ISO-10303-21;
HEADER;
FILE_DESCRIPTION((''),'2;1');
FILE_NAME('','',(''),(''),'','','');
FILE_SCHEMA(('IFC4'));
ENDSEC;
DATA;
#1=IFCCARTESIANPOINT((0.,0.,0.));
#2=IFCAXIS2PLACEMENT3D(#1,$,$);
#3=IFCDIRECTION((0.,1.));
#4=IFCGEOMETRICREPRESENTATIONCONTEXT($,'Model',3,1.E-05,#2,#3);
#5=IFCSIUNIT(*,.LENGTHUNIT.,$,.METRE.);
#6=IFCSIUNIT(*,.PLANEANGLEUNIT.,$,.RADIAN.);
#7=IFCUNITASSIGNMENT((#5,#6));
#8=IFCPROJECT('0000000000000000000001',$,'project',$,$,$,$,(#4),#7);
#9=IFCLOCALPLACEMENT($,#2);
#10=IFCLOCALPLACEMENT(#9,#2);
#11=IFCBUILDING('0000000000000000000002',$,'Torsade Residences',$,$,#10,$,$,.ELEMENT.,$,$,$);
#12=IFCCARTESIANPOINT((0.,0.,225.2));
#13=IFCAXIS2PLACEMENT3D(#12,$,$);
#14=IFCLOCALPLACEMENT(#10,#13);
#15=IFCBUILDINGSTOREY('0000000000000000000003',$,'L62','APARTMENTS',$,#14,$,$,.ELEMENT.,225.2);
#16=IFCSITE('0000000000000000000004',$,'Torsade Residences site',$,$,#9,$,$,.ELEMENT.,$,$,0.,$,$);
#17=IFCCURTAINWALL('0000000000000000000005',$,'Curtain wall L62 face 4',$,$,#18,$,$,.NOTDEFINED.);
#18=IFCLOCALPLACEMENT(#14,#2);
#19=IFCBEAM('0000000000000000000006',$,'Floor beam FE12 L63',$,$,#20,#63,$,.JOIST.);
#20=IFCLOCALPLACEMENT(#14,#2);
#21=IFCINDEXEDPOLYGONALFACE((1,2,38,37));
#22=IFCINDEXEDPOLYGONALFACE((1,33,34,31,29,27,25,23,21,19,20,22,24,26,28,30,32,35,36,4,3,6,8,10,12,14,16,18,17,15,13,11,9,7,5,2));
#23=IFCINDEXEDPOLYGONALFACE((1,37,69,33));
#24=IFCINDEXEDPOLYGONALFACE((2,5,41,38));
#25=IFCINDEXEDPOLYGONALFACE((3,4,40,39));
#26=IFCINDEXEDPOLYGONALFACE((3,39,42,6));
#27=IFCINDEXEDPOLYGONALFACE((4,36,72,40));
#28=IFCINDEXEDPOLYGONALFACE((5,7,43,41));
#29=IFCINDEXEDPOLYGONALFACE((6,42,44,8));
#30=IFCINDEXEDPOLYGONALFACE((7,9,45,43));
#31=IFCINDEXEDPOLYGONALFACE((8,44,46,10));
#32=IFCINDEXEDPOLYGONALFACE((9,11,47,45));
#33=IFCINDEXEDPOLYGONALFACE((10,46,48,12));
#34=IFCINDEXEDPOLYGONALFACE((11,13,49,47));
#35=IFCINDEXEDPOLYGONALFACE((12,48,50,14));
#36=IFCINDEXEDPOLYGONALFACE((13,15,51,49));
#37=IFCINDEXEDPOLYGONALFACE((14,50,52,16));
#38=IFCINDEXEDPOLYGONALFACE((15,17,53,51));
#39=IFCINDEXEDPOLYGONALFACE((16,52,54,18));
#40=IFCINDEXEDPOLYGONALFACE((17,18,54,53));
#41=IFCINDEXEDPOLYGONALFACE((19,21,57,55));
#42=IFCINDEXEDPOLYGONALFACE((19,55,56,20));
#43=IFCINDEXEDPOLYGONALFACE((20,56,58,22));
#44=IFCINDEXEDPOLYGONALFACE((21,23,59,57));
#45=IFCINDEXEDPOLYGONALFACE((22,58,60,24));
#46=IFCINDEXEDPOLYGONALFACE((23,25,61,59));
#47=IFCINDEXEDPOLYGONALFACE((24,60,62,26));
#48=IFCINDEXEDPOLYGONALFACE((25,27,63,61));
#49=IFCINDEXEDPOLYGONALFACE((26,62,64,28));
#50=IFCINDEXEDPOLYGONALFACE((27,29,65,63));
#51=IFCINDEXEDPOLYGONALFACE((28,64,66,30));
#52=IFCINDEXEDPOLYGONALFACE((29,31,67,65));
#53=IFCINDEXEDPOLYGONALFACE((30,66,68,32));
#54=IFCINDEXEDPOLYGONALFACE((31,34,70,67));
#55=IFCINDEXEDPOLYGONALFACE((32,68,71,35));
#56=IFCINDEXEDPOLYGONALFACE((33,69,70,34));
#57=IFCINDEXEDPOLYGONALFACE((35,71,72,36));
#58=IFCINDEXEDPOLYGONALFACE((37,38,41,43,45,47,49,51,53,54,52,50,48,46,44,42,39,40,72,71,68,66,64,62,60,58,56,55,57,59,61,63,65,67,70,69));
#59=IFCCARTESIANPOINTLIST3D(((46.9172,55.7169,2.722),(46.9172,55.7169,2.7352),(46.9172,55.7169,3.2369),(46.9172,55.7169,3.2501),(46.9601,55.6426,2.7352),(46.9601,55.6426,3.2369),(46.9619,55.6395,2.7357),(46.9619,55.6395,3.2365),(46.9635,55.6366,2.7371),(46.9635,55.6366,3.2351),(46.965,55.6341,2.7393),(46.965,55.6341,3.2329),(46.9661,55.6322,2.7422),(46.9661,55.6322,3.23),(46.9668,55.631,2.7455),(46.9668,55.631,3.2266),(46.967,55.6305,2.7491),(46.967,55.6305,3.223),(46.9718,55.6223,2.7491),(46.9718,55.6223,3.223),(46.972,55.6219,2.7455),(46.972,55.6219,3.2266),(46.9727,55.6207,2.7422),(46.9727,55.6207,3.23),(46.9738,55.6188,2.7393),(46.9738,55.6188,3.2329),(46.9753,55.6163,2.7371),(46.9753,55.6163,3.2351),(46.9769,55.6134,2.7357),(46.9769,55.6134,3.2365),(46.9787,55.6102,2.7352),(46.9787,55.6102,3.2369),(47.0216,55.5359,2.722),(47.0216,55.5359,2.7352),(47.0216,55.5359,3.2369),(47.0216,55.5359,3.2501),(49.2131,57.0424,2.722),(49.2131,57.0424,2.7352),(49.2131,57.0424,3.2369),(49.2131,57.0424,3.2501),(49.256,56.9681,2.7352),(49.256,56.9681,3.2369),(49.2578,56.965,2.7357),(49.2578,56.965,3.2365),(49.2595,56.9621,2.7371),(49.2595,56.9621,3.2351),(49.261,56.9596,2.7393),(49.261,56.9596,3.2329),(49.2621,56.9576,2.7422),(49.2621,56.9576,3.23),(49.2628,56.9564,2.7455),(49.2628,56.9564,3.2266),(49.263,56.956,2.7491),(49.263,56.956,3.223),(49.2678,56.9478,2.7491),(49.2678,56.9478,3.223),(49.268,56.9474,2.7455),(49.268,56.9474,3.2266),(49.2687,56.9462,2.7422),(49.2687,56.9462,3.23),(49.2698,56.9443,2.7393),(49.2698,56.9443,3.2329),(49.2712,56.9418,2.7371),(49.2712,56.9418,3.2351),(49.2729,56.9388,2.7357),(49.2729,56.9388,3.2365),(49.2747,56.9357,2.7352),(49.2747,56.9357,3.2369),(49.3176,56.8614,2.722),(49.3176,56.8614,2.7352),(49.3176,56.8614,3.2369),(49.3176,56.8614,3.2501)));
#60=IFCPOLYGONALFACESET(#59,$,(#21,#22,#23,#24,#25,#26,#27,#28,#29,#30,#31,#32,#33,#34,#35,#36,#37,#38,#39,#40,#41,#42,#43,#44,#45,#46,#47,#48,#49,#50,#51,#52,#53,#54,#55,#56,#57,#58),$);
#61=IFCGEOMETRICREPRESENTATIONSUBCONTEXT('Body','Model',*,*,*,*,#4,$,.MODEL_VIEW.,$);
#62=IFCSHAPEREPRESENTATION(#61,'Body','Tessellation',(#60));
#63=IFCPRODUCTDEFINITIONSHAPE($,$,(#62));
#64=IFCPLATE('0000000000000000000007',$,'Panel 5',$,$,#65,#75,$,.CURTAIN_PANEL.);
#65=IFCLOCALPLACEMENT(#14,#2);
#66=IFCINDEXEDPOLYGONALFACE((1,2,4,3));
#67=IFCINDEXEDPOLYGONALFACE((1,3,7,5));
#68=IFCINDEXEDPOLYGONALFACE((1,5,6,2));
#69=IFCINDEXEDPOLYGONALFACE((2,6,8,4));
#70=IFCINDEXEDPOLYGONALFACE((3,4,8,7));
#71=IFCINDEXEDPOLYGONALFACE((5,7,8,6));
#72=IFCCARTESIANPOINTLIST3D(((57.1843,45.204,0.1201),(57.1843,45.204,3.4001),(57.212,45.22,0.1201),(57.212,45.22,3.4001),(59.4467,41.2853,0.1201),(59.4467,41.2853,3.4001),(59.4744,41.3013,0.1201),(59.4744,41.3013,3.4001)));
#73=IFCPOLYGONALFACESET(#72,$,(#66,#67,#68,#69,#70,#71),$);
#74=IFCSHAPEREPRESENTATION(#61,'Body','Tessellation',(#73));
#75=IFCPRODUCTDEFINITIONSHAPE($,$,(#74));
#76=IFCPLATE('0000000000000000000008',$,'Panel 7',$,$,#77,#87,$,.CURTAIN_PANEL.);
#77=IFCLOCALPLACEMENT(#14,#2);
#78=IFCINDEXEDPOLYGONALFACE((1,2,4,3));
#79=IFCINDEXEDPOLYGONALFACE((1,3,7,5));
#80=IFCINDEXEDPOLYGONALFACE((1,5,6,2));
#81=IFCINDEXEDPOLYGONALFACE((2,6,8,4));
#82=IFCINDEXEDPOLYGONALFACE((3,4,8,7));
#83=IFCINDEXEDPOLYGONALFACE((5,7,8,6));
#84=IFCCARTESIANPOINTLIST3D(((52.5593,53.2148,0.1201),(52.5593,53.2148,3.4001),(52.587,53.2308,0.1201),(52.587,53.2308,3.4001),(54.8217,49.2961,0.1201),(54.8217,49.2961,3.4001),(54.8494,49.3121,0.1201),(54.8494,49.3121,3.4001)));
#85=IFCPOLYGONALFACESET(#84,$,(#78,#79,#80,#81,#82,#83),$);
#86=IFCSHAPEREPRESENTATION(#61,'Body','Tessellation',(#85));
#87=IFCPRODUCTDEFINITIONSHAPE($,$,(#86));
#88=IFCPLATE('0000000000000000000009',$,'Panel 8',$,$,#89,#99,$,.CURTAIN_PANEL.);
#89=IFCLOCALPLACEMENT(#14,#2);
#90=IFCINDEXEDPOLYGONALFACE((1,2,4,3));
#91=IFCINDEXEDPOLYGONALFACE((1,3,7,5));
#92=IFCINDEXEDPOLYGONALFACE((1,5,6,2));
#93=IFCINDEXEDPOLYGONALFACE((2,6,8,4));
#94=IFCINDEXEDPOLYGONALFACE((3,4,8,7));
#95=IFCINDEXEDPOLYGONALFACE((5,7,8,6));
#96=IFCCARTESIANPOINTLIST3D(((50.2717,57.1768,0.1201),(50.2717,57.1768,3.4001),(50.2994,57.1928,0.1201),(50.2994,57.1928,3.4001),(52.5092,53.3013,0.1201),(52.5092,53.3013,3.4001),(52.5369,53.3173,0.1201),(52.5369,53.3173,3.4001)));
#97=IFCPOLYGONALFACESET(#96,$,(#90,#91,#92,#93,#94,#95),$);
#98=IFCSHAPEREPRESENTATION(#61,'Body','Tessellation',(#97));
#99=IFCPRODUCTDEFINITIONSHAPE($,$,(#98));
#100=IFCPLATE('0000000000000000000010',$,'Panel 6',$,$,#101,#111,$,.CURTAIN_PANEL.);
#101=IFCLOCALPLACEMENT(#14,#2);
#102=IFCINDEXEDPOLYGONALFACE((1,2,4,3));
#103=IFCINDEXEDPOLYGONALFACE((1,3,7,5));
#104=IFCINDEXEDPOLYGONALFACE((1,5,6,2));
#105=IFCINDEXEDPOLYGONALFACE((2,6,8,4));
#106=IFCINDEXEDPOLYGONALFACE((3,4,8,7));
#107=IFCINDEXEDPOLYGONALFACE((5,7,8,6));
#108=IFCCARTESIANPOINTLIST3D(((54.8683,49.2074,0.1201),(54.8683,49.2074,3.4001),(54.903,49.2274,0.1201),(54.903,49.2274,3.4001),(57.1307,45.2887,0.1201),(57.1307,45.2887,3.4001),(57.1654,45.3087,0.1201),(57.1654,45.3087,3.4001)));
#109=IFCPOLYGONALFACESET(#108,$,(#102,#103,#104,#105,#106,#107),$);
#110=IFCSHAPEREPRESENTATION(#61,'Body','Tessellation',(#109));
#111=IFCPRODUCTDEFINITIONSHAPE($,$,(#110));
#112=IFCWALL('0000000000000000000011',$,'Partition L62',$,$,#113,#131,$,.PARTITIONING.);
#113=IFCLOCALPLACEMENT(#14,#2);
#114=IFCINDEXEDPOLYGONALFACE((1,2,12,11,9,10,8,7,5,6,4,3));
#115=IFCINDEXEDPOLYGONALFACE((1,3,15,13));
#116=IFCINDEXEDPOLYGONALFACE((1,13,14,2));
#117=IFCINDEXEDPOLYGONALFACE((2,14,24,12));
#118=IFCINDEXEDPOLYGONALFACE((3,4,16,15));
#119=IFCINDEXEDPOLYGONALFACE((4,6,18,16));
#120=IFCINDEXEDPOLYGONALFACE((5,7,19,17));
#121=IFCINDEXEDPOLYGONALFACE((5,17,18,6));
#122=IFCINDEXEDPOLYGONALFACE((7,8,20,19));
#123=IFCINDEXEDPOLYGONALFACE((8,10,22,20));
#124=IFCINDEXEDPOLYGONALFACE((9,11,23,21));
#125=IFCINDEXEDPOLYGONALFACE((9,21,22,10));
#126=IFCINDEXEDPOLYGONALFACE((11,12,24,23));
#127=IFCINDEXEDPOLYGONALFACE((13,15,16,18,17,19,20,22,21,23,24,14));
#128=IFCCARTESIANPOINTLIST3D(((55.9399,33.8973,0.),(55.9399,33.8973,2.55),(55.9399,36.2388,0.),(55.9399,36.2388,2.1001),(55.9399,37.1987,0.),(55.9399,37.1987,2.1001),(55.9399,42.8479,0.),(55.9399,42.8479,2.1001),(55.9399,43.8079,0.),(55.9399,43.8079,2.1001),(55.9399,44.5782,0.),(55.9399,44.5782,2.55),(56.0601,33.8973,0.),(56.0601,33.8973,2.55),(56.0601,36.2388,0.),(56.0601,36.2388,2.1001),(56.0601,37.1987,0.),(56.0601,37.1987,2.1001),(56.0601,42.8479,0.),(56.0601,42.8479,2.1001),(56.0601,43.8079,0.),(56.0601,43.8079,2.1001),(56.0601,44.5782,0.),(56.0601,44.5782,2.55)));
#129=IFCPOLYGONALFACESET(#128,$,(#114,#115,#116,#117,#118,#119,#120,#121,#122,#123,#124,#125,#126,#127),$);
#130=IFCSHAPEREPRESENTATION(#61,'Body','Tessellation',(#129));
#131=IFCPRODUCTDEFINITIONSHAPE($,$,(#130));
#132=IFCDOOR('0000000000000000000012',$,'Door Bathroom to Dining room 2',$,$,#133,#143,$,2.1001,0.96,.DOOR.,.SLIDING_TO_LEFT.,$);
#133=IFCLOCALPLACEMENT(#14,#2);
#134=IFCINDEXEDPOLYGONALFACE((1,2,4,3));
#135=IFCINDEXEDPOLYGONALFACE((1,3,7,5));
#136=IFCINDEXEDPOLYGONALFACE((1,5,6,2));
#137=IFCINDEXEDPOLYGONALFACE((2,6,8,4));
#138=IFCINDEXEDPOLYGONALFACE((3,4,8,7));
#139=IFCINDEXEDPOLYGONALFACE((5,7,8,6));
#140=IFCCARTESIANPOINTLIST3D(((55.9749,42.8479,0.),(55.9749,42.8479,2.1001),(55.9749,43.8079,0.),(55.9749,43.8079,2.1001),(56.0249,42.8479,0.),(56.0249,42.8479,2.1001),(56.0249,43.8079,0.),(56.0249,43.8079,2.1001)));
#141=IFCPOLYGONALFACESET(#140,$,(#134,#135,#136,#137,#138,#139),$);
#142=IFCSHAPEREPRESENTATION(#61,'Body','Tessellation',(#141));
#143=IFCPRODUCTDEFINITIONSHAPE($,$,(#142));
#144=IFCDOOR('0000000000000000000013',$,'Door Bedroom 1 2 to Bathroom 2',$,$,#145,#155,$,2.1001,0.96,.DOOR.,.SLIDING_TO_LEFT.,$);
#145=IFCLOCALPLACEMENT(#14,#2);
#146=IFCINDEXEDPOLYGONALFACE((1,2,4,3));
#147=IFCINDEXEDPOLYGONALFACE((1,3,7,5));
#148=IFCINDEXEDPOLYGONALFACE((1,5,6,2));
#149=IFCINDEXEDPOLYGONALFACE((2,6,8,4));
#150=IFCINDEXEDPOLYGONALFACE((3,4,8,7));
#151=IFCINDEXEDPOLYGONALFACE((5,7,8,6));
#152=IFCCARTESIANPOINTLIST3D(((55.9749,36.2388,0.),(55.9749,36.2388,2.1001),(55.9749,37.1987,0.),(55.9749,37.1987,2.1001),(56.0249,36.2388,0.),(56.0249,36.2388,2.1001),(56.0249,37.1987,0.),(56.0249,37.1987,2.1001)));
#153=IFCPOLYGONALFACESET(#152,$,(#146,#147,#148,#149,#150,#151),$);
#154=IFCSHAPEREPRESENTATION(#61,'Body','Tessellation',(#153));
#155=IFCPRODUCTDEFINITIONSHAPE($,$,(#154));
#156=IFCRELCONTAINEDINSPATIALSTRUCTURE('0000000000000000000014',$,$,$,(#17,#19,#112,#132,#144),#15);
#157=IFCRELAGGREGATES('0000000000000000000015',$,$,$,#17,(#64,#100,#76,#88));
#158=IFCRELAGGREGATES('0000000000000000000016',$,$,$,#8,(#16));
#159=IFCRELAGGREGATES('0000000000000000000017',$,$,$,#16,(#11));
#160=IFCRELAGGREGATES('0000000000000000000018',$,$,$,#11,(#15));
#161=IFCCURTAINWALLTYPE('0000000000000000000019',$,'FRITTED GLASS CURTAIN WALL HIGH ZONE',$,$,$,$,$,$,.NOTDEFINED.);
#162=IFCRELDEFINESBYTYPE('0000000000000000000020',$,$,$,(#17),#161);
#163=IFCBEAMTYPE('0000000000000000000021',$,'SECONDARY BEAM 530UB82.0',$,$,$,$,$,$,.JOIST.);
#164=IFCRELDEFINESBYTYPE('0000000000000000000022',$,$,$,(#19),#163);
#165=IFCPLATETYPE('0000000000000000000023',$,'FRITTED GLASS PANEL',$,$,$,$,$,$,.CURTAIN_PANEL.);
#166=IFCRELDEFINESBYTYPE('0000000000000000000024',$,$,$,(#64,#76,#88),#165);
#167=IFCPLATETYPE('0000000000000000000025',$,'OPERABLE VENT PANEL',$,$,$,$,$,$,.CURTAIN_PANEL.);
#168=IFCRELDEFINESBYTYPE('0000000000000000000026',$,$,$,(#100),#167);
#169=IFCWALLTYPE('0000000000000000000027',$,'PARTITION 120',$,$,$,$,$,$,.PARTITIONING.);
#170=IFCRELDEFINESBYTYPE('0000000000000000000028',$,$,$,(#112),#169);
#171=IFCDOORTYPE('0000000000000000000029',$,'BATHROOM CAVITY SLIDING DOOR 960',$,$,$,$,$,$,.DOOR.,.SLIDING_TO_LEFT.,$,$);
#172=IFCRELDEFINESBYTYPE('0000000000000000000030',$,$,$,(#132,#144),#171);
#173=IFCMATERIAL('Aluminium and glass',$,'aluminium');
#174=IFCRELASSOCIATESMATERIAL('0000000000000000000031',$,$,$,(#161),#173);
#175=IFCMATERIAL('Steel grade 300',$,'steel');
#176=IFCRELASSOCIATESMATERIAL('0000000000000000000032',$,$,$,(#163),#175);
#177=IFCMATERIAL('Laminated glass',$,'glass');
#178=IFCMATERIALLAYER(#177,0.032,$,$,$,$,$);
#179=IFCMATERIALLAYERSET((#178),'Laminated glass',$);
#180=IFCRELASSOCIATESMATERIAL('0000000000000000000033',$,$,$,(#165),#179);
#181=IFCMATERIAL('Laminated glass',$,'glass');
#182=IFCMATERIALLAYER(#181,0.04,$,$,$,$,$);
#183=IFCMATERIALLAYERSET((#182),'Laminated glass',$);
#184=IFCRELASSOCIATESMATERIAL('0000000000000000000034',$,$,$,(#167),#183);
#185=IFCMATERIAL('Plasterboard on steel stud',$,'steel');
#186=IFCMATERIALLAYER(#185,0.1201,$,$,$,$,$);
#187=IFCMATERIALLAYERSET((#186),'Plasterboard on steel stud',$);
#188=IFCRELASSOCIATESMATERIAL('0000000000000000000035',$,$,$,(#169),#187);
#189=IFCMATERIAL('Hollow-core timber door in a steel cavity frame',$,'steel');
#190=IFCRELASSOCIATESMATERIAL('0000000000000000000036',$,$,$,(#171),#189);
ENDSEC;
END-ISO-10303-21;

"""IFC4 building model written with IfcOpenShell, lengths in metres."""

from ifc_helpers import new_model, si_unit, direction, frame, frame_2d, origin, origin_2d, place, context, subcontext, project, spatial, rectangle, i_section, extrude, material, layer, layer_set, material_profile, profile_set, type_object, element, fill, aggregate, save


model = new_model("IFC4")

# Units and contexts
model_context = context("Model", 3, precision=1e-05, world=origin(), true_north=direction((0.0, 1.0)))
body_context = subcontext(model_context, "Body", "Model", "MODEL_VIEW")
ifc_project = project(units=[si_unit("LENGTHUNIT", "METRE"), si_unit("PLANEANGLEUNIT", "RADIAN")], contexts=[model_context])

# Site, building, storey
site_placement = place(None, origin())
site = spatial("IfcSite", under=ifc_project, at=site_placement, Name="Torsade Residences site", CompositionType="ELEMENT", RefElevation=0.0)
building_placement = place(site_placement, origin())
building = spatial("IfcBuilding", under=site, at=building_placement, Name="Torsade Residences", CompositionType="ELEMENT")
storey_placement = place(building_placement, frame((0.0, 0.0, 225.2)))
storey = spatial("IfcBuildingStorey", under=building, at=storey_placement, Name="L62", Description="APARTMENTS", CompositionType="ELEMENT", Elevation=225.2)

# Curtain wall
ifc_material_1 = material(Name="Aluminium and glass", Category="aluminium")
curtain_wall_type = type_object("IfcCurtainWallType", Name="FRITTED GLASS CURTAIN WALL HIGH ZONE", PredefinedType="NOTDEFINED", material=ifc_material_1)
curtain_wall_placement = place(storey_placement, origin())
curtain_wall = element("IfcCurtainWall", 1, at=curtain_wall_placement, inside=storey, type_object=curtain_wall_type, Name="Curtain wall L62 face 4", PredefinedType="NOTDEFINED")

# Beam
ifc_material_2 = material(Name="Steel grade 300", Category="steel")
ifc_material_profile_1 = material_profile(ifc_material_2, i_section(OverallWidth=0.209, OverallDepth=0.5281, WebThickness=0.0095, FlangeThickness=0.0132, FilletRadius=0.0139, at=origin_2d()), Name="530UB82.0")
ifc_profile_set_1 = profile_set([ifc_material_profile_1], Name="Steel grade 300")
beam_type_1 = type_object("IfcBeamType", Name="SECONDARY BEAM 530UB82.0", PredefinedType="JOIST", material=ifc_profile_set_1)
beam_1_placement = place(storey_placement, frame((49.2654, 56.9519, 2.9861), z_axis=(-0.866041, -0.499972, 0.0), x_axis=(0.499972, -0.866041, 0.0)))
element("IfcBeam", 2, at=beam_1_placement, inside=storey, type_object=beam_type_1, Name="Floor beam FE12 L63", PredefinedType="JOIST", context=body_context, shape_type="SweptSolid", body=[
    extrude(i_section(OverallWidth=0.209, OverallDepth=0.5281, WebThickness=0.0095, FlangeThickness=0.0132, FilletRadius=0.0139, at=origin_2d()), origin(), (0.0, 0.0, 1.0), 2.6511),
])

# Plates
ifc_material_3 = material(Name="Laminated glass", Category="glass")
ifc_layer_1 = layer(ifc_material_3, 0.032)
ifc_layer_set_1 = layer_set([ifc_layer_1], Name="Laminated glass")
plate_type_1 = type_object("IfcPlateType", Name="FRITTED GLASS PANEL", PredefinedType="CURTAIN_PANEL", material=ifc_layer_set_1)
plate_1_placement = place(storey_placement, frame((58.3293, 43.2527, 0.1201), z_axis=(0.0, 0.0, 1.0), x_axis=(-0.5, 0.866025, 0.0)))
plate_1 = element("IfcPlate", 3, at=plate_1_placement, type_object=plate_type_1, Name="Panel 5", PredefinedType="CURTAIN_PANEL", context=body_context, shape_type="SweptSolid", body=[
    extrude(rectangle(XDim=4.5249, YDim=0.032, at=origin_2d()), origin(), (0.0, 0.0, 1.0), 3.28),
])
plate_2_placement = place(storey_placement, frame((53.7043, 51.2634, 0.1201), z_axis=(0.0, 0.0, 1.0), x_axis=(-0.5, 0.866025, 0.0)))
plate_2 = element("IfcPlate", 4, at=plate_2_placement, type_object=plate_type_1, Name="Panel 7", PredefinedType="CURTAIN_PANEL", context=body_context, shape_type="SweptSolid", body=[
    extrude(rectangle(XDim=4.5249, YDim=0.032, at=origin_2d()), origin(), (0.0, 0.0, 1.0), 3.28),
])
plate_3_placement = place(storey_placement, frame((51.4043, 55.2471, 0.1201), z_axis=(0.0, 0.0, 1.0), x_axis=(-0.5, 0.866025, 0.0)))
plate_3 = element("IfcPlate", 5, at=plate_3_placement, type_object=plate_type_1, Name="Panel 8", PredefinedType="CURTAIN_PANEL", context=body_context, shape_type="SweptSolid", body=[
    extrude(rectangle(XDim=4.4751, YDim=0.032, at=origin_2d()), origin(), (0.0, 0.0, 1.0), 3.28),
])
ifc_material_4 = material(Name="Laminated glass", Category="glass")
ifc_layer_2 = layer(ifc_material_4, 0.04)
ifc_layer_set_2 = layer_set([ifc_layer_2], Name="Laminated glass")
plate_type_2 = type_object("IfcPlateType", Name="OPERABLE VENT PANEL", PredefinedType="CURTAIN_PANEL", material=ifc_layer_set_2)
plate_4_placement = place(storey_placement, frame((56.0168, 47.2581, 0.1201), z_axis=(0.0, 0.0, 1.0), x_axis=(-0.5, 0.866025, 0.0)))
plate_4 = element("IfcPlate", 6, at=plate_4_placement, type_object=plate_type_2, Name="Panel 6", PredefinedType="CURTAIN_PANEL", context=body_context, shape_type="SweptSolid", body=[
    extrude(rectangle(XDim=4.5249, YDim=0.04, at=origin_2d()), origin(), (0.0, 0.0, 1.0), 3.28),
])
aggregate(curtain_wall, [plate_1, plate_4, plate_2, plate_3])

# Wall, openings, doors
ifc_material_5 = material(Name="Plasterboard on steel stud", Category="steel")
ifc_layer_3 = layer(ifc_material_5, 0.1201)
ifc_layer_set_3 = layer_set([ifc_layer_3], Name="Plasterboard on steel stud")
wall_type_1 = type_object("IfcWallType", Name="PARTITION 120", PredefinedType="PARTITIONING", material=ifc_layer_set_3)
wall_1_placement = place(storey_placement, frame((56.0, 44.5781, 0.0), z_axis=(0.0, 0.0, 1.0), x_axis=(0.0, -1.0, 0.0)))
wall_1 = element("IfcWall", 7, at=wall_1_placement, inside=storey, type_object=wall_type_1, Name="Partition L62", PredefinedType="PARTITIONING", context=body_context, shape_type="SweptSolid", body=[
    extrude(rectangle(XDim=10.6809, YDim=0.1201, at=frame_2d((5.3403, 0.0))), origin(), (0.0, 0.0, 1.0), 2.55),
])
opening_1_placement = place(wall_1_placement, frame((0.7703, 0.0, 0.0)))
opening_1 = element("IfcOpeningElement", 8, at=opening_1_placement, cuts=wall_1, PredefinedType="OPENING", context=body_context, shape_type="SweptSolid", body=[
    extrude(rectangle(XDim=0.96, YDim=2.1001, at=frame_2d((0.48, 1.05))), frame((0.0, 0.0701, 0.0), z_axis=(0.0, -1.0, 0.0), x_axis=(1.0, 0.0, 0.0)), (0.0, 0.0, 1.0), 0.1401),
])
opening_2_placement = place(wall_1_placement, frame((7.3794, 0.0, 0.0)))
opening_2 = element("IfcOpeningElement", 9, at=opening_2_placement, cuts=wall_1, PredefinedType="OPENING", context=body_context, shape_type="SweptSolid", body=[
    extrude(rectangle(XDim=0.96, YDim=2.1001, at=frame_2d((0.48, 1.05))), frame((0.0, 0.0701, 0.0), z_axis=(0.0, -1.0, 0.0), x_axis=(1.0, 0.0, 0.0)), (0.0, 0.0, 1.0), 0.1401),
])
ifc_material_6 = material(Name="Hollow-core timber door in a steel cavity frame", Category="steel")
door_type_1 = type_object("IfcDoorType", Name="BATHROOM CAVITY SLIDING DOOR 960", OperationType="SLIDING_TO_LEFT", PredefinedType="DOOR", material=ifc_material_6)
door_1_placement = place(opening_1_placement, origin())
door_1 = element("IfcDoor", 10, at=door_1_placement, inside=storey, type_object=door_type_1, Name="Door Bathroom to Dining room 2", OperationType="SLIDING_TO_LEFT", OverallHeight=2.1001, OverallWidth=0.96, PredefinedType="DOOR", context=body_context, shape_type="SweptSolid", body=[
    extrude(rectangle(XDim=0.96, YDim=2.1001, at=frame_2d((0.48, 1.05))), frame((0.0, 0.0249, 0.0), z_axis=(0.0, -1.0, 0.0), x_axis=(1.0, 0.0, 0.0)), (0.0, 0.0, 1.0), 0.05),
])
fill(opening_1, door_1)
door_2_placement = place(opening_2_placement, origin())
door_2 = element("IfcDoor", 11, at=door_2_placement, inside=storey, type_object=door_type_1, Name="Door Bedroom 1 2 to Bathroom 2", OperationType="SLIDING_TO_LEFT", OverallHeight=2.1001, OverallWidth=0.96, PredefinedType="DOOR", context=body_context, shape_type="SweptSolid", body=[
    extrude(rectangle(XDim=0.96, YDim=2.1001, at=frame_2d((0.48, 1.05))), frame((0.0, 0.0249, 0.0), z_axis=(0.0, -1.0, 0.0), x_axis=(1.0, 0.0, 0.0)), (0.0, 0.0, 1.0), 0.05),
])
fill(opening_2, door_2)

save(model, "model.ifc")
